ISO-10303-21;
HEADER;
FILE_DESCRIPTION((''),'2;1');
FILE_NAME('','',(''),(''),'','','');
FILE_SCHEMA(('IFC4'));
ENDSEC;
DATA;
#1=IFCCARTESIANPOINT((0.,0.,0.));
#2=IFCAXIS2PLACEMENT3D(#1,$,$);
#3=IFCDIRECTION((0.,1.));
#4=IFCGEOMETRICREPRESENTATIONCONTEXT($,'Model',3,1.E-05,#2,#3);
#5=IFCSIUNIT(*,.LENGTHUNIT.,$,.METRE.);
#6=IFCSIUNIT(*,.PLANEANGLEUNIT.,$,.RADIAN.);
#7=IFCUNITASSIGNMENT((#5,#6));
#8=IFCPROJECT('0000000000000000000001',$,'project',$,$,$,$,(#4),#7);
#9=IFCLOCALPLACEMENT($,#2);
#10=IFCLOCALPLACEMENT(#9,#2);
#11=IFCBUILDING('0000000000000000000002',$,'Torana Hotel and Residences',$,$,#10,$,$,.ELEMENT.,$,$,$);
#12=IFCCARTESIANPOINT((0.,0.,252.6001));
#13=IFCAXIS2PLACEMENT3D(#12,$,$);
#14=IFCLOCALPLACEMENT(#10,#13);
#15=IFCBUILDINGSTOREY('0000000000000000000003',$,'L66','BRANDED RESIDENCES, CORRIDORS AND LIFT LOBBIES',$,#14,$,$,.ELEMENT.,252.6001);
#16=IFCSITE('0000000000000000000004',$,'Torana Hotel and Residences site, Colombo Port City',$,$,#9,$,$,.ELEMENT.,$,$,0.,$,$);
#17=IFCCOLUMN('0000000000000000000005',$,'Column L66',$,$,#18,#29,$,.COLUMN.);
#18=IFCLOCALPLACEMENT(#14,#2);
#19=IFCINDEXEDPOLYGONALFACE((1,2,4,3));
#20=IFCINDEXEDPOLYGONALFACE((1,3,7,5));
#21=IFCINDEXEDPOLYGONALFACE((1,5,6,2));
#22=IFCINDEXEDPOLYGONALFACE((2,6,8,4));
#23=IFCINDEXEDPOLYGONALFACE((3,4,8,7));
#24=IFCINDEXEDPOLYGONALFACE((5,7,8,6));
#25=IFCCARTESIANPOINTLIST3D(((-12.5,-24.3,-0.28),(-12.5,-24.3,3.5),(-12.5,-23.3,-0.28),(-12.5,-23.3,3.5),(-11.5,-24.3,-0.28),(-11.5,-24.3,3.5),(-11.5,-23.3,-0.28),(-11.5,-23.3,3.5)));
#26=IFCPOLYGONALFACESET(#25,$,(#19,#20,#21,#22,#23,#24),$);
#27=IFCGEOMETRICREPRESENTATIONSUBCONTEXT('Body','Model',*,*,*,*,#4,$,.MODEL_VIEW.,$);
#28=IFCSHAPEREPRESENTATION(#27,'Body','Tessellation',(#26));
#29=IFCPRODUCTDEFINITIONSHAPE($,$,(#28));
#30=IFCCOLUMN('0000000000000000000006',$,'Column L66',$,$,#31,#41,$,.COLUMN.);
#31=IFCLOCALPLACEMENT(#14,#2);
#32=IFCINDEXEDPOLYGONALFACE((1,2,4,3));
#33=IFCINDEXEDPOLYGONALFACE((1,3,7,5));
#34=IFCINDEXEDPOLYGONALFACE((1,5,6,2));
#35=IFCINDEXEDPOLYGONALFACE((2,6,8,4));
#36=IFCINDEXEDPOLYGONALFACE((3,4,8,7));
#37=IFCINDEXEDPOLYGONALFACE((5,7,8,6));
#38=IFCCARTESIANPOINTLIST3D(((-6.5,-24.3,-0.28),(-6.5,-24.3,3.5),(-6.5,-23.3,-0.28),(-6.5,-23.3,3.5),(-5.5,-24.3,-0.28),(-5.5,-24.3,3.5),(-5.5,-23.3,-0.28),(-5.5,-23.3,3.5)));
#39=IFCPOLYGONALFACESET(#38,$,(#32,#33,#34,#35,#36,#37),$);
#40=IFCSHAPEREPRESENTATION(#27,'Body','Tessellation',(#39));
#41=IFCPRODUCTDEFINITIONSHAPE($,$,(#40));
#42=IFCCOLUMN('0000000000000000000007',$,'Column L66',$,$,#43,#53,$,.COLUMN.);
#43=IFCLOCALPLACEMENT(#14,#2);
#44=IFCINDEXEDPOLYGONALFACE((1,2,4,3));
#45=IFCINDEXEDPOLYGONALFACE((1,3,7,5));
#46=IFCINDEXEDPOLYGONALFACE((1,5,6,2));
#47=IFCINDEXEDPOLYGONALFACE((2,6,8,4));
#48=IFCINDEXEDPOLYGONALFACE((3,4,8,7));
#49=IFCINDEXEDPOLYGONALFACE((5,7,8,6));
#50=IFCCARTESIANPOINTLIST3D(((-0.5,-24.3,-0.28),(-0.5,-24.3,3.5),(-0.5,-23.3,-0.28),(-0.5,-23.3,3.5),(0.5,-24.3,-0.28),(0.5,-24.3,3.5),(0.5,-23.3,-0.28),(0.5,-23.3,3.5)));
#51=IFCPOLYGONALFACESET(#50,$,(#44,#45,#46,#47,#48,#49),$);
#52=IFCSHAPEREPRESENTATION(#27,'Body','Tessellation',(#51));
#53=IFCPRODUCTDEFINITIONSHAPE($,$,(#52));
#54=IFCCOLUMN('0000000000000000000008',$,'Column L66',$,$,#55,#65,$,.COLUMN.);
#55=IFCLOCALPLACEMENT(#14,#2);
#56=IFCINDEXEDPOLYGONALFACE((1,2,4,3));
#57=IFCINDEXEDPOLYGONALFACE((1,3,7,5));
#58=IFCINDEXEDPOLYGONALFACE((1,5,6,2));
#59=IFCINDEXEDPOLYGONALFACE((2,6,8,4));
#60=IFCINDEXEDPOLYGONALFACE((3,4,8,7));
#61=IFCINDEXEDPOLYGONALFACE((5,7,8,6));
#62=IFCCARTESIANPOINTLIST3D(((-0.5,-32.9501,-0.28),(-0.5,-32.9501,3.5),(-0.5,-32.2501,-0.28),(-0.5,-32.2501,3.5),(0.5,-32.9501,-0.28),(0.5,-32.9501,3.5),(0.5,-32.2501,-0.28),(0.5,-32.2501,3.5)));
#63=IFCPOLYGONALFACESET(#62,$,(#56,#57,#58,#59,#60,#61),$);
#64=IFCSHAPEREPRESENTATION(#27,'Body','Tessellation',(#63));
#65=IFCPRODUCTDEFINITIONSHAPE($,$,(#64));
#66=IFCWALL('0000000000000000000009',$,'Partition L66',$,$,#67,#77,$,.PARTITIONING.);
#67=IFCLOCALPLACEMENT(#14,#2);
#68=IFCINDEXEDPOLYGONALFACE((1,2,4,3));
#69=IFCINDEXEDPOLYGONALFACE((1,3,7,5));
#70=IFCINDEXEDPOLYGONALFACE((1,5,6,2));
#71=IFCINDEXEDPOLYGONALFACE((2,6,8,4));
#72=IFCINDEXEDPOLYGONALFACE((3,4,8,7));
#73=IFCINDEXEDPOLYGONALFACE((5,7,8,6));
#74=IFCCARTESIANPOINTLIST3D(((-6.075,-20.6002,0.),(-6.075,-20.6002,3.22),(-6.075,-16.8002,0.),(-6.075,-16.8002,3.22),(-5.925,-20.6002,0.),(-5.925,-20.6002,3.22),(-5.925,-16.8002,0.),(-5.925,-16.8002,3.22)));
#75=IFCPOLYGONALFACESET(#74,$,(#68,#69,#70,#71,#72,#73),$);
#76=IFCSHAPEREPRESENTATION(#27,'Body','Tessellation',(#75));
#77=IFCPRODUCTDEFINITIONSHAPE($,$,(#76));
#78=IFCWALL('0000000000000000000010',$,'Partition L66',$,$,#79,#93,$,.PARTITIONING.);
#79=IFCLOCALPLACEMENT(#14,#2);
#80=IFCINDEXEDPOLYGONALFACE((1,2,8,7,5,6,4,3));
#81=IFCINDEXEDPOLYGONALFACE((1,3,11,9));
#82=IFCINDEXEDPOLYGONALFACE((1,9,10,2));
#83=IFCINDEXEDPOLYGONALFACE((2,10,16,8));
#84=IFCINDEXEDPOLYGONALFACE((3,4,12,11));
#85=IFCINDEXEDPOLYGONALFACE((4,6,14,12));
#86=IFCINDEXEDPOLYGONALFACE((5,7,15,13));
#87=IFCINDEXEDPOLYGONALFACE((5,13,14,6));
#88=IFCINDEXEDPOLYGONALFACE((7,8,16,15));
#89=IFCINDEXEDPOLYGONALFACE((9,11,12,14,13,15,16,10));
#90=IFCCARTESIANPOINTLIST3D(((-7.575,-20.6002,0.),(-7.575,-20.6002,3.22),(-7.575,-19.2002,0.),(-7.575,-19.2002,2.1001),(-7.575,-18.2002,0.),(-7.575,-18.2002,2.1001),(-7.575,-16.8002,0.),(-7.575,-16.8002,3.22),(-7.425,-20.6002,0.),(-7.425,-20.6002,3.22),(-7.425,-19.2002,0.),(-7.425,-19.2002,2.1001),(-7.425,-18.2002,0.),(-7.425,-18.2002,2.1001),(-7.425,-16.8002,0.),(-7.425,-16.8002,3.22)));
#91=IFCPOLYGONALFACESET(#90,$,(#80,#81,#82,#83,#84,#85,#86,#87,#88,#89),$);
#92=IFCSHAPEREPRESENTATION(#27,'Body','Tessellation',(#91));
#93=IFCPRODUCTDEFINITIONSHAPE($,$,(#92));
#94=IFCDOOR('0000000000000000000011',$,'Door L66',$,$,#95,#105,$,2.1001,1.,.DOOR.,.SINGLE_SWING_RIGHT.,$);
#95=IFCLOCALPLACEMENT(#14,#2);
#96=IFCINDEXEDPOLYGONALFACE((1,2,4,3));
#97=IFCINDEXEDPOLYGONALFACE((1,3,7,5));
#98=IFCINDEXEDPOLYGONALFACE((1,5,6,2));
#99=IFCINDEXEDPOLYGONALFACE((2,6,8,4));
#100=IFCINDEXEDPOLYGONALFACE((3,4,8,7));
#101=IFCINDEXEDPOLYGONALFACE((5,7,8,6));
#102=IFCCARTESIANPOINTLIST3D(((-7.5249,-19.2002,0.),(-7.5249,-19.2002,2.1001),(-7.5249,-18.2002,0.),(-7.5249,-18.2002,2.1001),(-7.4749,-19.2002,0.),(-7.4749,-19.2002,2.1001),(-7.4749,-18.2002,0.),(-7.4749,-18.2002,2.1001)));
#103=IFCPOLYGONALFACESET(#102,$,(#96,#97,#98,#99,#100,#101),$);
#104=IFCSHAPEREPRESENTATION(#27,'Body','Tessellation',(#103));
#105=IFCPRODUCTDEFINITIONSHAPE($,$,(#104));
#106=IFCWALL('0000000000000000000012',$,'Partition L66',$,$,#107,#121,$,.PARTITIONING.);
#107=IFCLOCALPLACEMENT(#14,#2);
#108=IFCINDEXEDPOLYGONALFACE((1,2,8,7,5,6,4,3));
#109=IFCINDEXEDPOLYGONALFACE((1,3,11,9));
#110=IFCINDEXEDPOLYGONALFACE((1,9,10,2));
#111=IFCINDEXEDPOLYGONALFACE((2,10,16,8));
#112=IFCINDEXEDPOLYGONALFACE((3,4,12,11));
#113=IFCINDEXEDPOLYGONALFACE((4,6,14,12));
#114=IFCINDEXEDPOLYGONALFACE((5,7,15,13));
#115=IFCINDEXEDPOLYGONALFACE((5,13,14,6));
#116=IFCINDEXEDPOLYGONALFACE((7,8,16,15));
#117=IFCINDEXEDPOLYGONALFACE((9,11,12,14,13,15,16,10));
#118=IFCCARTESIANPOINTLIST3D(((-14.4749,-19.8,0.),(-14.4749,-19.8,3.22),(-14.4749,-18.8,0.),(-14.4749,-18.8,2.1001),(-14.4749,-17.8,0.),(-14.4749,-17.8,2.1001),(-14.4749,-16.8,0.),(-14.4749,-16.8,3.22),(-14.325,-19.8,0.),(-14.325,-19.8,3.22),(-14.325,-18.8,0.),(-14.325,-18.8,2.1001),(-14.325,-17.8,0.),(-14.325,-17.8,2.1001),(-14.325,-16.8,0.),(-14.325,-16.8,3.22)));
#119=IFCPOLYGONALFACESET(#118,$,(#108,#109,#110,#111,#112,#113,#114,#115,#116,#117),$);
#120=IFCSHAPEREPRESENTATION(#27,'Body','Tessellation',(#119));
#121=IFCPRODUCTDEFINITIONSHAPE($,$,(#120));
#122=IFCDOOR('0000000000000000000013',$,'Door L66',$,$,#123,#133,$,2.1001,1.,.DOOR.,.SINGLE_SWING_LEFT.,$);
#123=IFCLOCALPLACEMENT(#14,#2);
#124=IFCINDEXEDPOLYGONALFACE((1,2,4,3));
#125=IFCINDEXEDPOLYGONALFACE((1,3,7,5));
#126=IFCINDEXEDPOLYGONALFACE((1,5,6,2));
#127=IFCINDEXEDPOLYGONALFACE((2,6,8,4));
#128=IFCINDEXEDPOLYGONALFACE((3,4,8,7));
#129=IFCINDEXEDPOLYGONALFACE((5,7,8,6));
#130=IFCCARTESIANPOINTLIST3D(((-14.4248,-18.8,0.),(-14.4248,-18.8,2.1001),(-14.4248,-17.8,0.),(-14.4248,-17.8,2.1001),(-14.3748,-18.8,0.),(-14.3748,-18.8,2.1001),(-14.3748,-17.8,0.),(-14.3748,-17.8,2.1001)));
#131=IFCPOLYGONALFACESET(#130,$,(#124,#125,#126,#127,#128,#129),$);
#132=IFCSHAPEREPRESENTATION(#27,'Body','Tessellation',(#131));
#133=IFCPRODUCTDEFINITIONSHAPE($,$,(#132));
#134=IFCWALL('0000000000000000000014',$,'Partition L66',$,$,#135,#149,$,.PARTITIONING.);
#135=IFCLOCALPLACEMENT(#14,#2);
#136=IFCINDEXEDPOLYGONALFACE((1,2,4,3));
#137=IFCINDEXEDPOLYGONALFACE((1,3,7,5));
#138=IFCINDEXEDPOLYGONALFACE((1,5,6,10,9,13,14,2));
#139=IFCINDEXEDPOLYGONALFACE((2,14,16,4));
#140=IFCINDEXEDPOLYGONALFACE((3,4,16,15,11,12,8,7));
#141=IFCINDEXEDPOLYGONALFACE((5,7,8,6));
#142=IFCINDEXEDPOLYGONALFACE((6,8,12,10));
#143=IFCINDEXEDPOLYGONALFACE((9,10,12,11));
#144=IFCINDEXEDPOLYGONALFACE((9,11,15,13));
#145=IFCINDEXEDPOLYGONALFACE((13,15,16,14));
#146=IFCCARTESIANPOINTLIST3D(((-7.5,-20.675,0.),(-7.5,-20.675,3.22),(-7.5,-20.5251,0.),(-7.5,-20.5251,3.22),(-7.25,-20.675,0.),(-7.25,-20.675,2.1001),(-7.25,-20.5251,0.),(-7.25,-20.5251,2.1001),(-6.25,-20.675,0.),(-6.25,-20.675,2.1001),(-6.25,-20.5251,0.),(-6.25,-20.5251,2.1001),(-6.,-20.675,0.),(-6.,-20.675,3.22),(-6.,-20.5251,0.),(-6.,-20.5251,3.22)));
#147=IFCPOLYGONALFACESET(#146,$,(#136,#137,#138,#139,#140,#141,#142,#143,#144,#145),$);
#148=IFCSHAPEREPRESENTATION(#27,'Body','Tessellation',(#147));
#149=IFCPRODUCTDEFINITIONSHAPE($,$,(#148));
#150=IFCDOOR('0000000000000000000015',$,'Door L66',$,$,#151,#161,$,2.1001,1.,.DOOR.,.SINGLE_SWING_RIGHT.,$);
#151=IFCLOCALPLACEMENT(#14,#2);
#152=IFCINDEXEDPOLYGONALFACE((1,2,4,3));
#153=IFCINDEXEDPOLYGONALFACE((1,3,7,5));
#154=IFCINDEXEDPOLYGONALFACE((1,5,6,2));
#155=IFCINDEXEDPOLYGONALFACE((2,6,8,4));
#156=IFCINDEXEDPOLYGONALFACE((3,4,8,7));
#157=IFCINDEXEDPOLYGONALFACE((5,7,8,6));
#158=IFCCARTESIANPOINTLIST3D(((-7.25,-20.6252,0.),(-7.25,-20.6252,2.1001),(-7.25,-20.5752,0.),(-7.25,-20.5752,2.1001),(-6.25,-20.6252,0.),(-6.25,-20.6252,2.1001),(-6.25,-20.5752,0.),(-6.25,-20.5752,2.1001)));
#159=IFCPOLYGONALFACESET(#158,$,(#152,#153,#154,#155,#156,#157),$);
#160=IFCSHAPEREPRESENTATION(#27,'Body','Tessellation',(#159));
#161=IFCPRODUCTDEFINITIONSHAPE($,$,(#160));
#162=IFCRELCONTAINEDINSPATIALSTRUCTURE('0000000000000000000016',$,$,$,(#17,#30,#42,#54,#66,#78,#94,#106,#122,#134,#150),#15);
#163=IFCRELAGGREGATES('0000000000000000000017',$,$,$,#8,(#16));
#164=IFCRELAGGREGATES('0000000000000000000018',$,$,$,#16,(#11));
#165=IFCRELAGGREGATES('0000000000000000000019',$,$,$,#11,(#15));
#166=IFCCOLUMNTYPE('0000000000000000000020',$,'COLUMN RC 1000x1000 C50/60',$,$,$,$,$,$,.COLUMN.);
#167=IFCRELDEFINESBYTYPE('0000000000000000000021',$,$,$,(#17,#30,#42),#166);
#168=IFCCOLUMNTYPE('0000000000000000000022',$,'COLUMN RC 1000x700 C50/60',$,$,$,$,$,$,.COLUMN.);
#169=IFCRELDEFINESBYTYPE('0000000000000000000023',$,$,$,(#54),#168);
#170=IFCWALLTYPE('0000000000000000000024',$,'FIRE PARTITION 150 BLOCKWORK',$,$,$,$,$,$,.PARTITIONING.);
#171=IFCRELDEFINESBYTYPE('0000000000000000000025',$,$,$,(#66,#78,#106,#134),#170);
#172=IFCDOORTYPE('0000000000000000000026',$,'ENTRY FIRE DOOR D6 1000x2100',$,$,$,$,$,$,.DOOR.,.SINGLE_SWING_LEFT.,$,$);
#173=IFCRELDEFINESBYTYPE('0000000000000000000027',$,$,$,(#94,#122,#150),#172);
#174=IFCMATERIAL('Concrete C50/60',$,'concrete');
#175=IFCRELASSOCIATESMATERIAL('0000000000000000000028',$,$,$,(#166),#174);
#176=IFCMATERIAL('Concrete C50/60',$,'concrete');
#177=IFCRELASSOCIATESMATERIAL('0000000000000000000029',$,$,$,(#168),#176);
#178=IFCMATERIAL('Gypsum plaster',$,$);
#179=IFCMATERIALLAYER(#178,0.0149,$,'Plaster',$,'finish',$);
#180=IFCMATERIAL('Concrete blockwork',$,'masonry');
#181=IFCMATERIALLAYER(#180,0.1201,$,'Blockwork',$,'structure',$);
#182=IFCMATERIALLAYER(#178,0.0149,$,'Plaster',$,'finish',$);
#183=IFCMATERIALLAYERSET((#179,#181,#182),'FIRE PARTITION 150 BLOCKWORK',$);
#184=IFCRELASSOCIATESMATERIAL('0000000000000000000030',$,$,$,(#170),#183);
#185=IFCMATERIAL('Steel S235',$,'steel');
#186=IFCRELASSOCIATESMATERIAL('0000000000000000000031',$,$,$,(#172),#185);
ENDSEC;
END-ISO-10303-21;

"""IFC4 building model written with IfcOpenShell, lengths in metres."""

from ifc_helpers import new_model, si_unit, direction, frame, frame_2d, origin, origin_2d, place, context, subcontext, project, spatial, rectangle, extrude, material, layer, layer_set, material_profile, profile_set, type_object, element, fill, save


model = new_model("IFC4")

# Units and contexts
model_context = context("Model", 3, precision=1e-05, world=origin(), true_north=direction((0.0, 1.0)))
body_context = subcontext(model_context, "Body", "Model", "MODEL_VIEW")
ifc_project = project(units=[si_unit("LENGTHUNIT", "METRE"), si_unit("PLANEANGLEUNIT", "RADIAN")], contexts=[model_context])

# Site, building, storey
site_placement = place(None, origin())
site = spatial("IfcSite", under=ifc_project, at=site_placement, Name="Torana Hotel and Residences site, Colombo Port City", CompositionType="ELEMENT", RefElevation=0.0)
building_placement = place(site_placement, origin())
building = spatial("IfcBuilding", under=site, at=building_placement, Name="Torana Hotel and Residences", CompositionType="ELEMENT")
storey_placement = place(building_placement, frame((0.0, 0.0, 252.6001)))
storey = spatial("IfcBuildingStorey", under=building, at=storey_placement, Name="L66", Description="BRANDED RESIDENCES, CORRIDORS AND LIFT LOBBIES", CompositionType="ELEMENT", Elevation=252.6001)

# Columns
ifc_material_1 = material(Name="Concrete C50/60", Category="concrete")
ifc_material_profile_1 = material_profile(ifc_material_1, rectangle(XDim=1.0, YDim=1.0, at=origin_2d()), Name="RC 1000x1000")
ifc_profile_set_1 = profile_set([ifc_material_profile_1], Name="Concrete C50/60")
column_type_1 = type_object("IfcColumnType", Name="COLUMN RC 1000x1000 C50/60", PredefinedType="COLUMN", material=ifc_profile_set_1)
for number, where, z_axis, x_axis, name in (
    (1, (-12.0, -23.8, -0.28), (0.0, 0.0, 1.0), (1.0, 0.0, 0.0), "Column L66"),
    (2, (-6.0, -23.8, -0.28), (0.0, 0.0, 1.0), (1.0, 0.0, 0.0), "Column L66"),
    (3, (0.0, -23.8, -0.28), (0.0, 0.0, 1.0), (1.0, 0.0, 0.0), "Column L66"),
):
    element("IfcColumn", number, at=place(storey_placement, frame(where, z_axis=z_axis, x_axis=x_axis)), inside=storey, type_object=column_type_1, Name=name, PredefinedType="COLUMN", context=body_context, shape_type="SweptSolid", body=[
        extrude(rectangle(XDim=1.0, YDim=1.0, at=origin_2d()), origin(), (0.0, 0.0, 1.0), 3.78),
    ])
ifc_material_2 = material(Name="Concrete C50/60", Category="concrete")
ifc_material_profile_2 = material_profile(ifc_material_2, rectangle(XDim=1.0, YDim=0.7, at=origin_2d()), Name="RC 1000x700")
ifc_profile_set_2 = profile_set([ifc_material_profile_2], Name="Concrete C50/60")
column_type_2 = type_object("IfcColumnType", Name="COLUMN RC 1000x700 C50/60", PredefinedType="COLUMN", material=ifc_profile_set_2)
column_placement = place(storey_placement, frame((0.0, -32.6001, -0.28), z_axis=(0.0, 0.0, 1.0), x_axis=(1.0, 0.0, 0.0)))
element("IfcColumn", 4, at=column_placement, inside=storey, type_object=column_type_2, Name="Column L66", PredefinedType="COLUMN", context=body_context, shape_type="SweptSolid", body=[
    extrude(rectangle(XDim=1.0, YDim=0.7, at=origin_2d()), origin(), (0.0, 0.0, 1.0), 3.78),
])

# Wall
ifc_material_3 = material(Name="Gypsum plaster")
ifc_layer_1 = layer(ifc_material_3, 0.0149, Name="Plaster", Category="finish")
ifc_material_4 = material(Name="Concrete blockwork", Category="masonry")
ifc_layer_2 = layer(ifc_material_4, 0.1201, Name="Blockwork", Category="structure")
ifc_layer_3 = layer(ifc_material_3, 0.0149, Name="Plaster", Category="finish")
ifc_layer_set_1 = layer_set([ifc_layer_1, ifc_layer_2, ifc_layer_3], Name="FIRE PARTITION 150 BLOCKWORK")
wall_type_1 = type_object("IfcWallType", Name="FIRE PARTITION 150 BLOCKWORK", PredefinedType="PARTITIONING", material=ifc_layer_set_1)
wall_1_placement = place(storey_placement, frame((-6.0, -20.6001, 0.0), z_axis=(0.0, 0.0, 1.0), x_axis=(0.0, 1.0, 0.0)))
element("IfcWall", 5, at=wall_1_placement, inside=storey, type_object=wall_type_1, Name="Partition L66", PredefinedType="PARTITIONING", context=body_context, shape_type="SweptSolid", body=[
    extrude(rectangle(XDim=3.8, YDim=0.1499, at=frame_2d((1.8999, 0.0))), origin(), (0.0, 0.0, 1.0), 3.22),
])

# Walls, openings, doors
wall_2_placement = place(storey_placement, frame((-7.5, -20.6001, 0.0), z_axis=(0.0, 0.0, 1.0), x_axis=(0.0, 1.0, 0.0)))
wall_2 = element("IfcWall", 6, at=wall_2_placement, inside=storey, type_object=wall_type_1, Name="Partition L66", PredefinedType="PARTITIONING", context=body_context, shape_type="SweptSolid", body=[
    extrude(rectangle(XDim=3.8, YDim=0.1499, at=frame_2d((1.8999, 0.0))), origin(), (0.0, 0.0, 1.0), 3.22),
])
opening_1_placement = place(wall_2_placement, frame((1.3999, 0.0, 0.0)))
opening_1 = element("IfcOpeningElement", 7, at=opening_1_placement, cuts=wall_2, PredefinedType="OPENING", context=body_context, shape_type="SweptSolid", body=[
    extrude(rectangle(XDim=1.0, YDim=2.1001, at=frame_2d((0.5, 1.05))), frame((0.0, 0.085, 0.0), z_axis=(0.0, -1.0, 0.0), x_axis=(1.0, 0.0, 0.0)), (0.0, 0.0, 1.0), 0.1699),
])
ifc_material_5 = material(Name="Steel S235", Category="steel")
door_type_1 = type_object("IfcDoorType", Name="ENTRY FIRE DOOR D6 1000x2100", OperationType="SINGLE_SWING_LEFT", PredefinedType="DOOR", material=ifc_material_5)
door_1_placement = place(opening_1_placement, origin())
door_1 = element("IfcDoor", 8, at=door_1_placement, inside=storey, type_object=door_type_1, Name="Door L66", OperationType="SINGLE_SWING_RIGHT", OverallHeight=2.1001, OverallWidth=1.0, PredefinedType="DOOR", context=body_context, shape_type="SweptSolid", body=[
    extrude(rectangle(XDim=1.0, YDim=2.1001, at=frame_2d((0.5, 1.05))), frame((0.0, 0.0249, 0.0), z_axis=(0.0, -1.0, 0.0), x_axis=(1.0, 0.0, 0.0)), (0.0, 0.0, 1.0), 0.05),
])
fill(opening_1, door_1)
wall_3_placement = place(storey_placement, frame((-14.3999, -19.8, 0.0), z_axis=(0.0, 0.0, 1.0), x_axis=(0.0, 1.0, 0.0)))
wall_3 = element("IfcWall", 9, at=wall_3_placement, inside=storey, type_object=wall_type_1, Name="Partition L66", PredefinedType="PARTITIONING", context=body_context, shape_type="SweptSolid", body=[
    extrude(rectangle(XDim=3.0, YDim=0.1499, at=frame_2d((1.5, 0.0))), origin(), (0.0, 0.0, 1.0), 3.22),
])
opening_2_placement = place(wall_3_placement, frame((1.0, 0.0, 0.0)))
opening_2 = element("IfcOpeningElement", 10, at=opening_2_placement, cuts=wall_3, PredefinedType="OPENING", context=body_context, shape_type="SweptSolid", body=[
    extrude(rectangle(XDim=1.0, YDim=2.1001, at=frame_2d((0.5, 1.05))), frame((0.0, 0.085, 0.0), z_axis=(0.0, -1.0, 0.0), x_axis=(1.0, 0.0, 0.0)), (0.0, 0.0, 1.0), 0.1699),
])
door_2_placement = place(opening_2_placement, frame((0.5, 0.0, 0.0), z_axis=(0.0, 0.0, 1.0), x_axis=(-1.0, 0.0, 0.0)))
door_2 = element("IfcDoor", 11, at=door_2_placement, inside=storey, type_object=door_type_1, Name="Door L66", OperationType="SINGLE_SWING_LEFT", OverallHeight=2.1001, OverallWidth=1.0, PredefinedType="DOOR", context=body_context, shape_type="SweptSolid", body=[
    extrude(rectangle(XDim=1.0, YDim=2.1001, at=frame_2d((0.0, 1.05))), frame((0.0, -0.0249, 0.0), z_axis=(0.0, 1.0, 0.0), x_axis=(-1.0, 0.0, 0.0)), (0.0, 0.0, 1.0), 0.05),
])
fill(opening_2, door_2)
wall_4_placement = place(storey_placement, frame((-7.5, -20.6001, 0.0), z_axis=(0.0, 0.0, 1.0), x_axis=(1.0, 0.0, 0.0)))
wall_4 = element("IfcWall", 12, at=wall_4_placement, inside=storey, type_object=wall_type_1, Name="Partition L66", PredefinedType="PARTITIONING", context=body_context, shape_type="SweptSolid", body=[
    extrude(rectangle(XDim=1.5, YDim=0.1499, at=frame_2d((0.75, 0.0))), origin(), (0.0, 0.0, 1.0), 3.22),
])
opening_3_placement = place(wall_4_placement, frame((0.25, 0.0, 0.0)))
opening_3 = element("IfcOpeningElement", 13, at=opening_3_placement, cuts=wall_4, PredefinedType="OPENING", context=body_context, shape_type="SweptSolid", body=[
    extrude(rectangle(XDim=1.0, YDim=2.1001, at=frame_2d((0.5, 1.05))), frame((0.0, 0.085, 0.0), z_axis=(0.0, -1.0, 0.0), x_axis=(1.0, 0.0, 0.0)), (0.0, 0.0, 1.0), 0.1699),
])
door_3_placement = place(opening_3_placement, frame((0.5, 0.0, 0.0), z_axis=(0.0, 0.0, 1.0), x_axis=(-1.0, 0.0, 0.0)))
door_3 = element("IfcDoor", 14, at=door_3_placement, inside=storey, type_object=door_type_1, Name="Door L66", OperationType="SINGLE_SWING_RIGHT", OverallHeight=2.1001, OverallWidth=1.0, PredefinedType="DOOR", context=body_context, shape_type="SweptSolid", body=[
    extrude(rectangle(XDim=1.0, YDim=2.1001, at=frame_2d((0.0, 1.05))), frame((0.0, -0.0249, 0.0), z_axis=(0.0, 1.0, 0.0), x_axis=(-1.0, 0.0, 0.0)), (0.0, 0.0, 1.0), 0.05),
])
fill(opening_3, door_3)

save(model, "model.ifc")
